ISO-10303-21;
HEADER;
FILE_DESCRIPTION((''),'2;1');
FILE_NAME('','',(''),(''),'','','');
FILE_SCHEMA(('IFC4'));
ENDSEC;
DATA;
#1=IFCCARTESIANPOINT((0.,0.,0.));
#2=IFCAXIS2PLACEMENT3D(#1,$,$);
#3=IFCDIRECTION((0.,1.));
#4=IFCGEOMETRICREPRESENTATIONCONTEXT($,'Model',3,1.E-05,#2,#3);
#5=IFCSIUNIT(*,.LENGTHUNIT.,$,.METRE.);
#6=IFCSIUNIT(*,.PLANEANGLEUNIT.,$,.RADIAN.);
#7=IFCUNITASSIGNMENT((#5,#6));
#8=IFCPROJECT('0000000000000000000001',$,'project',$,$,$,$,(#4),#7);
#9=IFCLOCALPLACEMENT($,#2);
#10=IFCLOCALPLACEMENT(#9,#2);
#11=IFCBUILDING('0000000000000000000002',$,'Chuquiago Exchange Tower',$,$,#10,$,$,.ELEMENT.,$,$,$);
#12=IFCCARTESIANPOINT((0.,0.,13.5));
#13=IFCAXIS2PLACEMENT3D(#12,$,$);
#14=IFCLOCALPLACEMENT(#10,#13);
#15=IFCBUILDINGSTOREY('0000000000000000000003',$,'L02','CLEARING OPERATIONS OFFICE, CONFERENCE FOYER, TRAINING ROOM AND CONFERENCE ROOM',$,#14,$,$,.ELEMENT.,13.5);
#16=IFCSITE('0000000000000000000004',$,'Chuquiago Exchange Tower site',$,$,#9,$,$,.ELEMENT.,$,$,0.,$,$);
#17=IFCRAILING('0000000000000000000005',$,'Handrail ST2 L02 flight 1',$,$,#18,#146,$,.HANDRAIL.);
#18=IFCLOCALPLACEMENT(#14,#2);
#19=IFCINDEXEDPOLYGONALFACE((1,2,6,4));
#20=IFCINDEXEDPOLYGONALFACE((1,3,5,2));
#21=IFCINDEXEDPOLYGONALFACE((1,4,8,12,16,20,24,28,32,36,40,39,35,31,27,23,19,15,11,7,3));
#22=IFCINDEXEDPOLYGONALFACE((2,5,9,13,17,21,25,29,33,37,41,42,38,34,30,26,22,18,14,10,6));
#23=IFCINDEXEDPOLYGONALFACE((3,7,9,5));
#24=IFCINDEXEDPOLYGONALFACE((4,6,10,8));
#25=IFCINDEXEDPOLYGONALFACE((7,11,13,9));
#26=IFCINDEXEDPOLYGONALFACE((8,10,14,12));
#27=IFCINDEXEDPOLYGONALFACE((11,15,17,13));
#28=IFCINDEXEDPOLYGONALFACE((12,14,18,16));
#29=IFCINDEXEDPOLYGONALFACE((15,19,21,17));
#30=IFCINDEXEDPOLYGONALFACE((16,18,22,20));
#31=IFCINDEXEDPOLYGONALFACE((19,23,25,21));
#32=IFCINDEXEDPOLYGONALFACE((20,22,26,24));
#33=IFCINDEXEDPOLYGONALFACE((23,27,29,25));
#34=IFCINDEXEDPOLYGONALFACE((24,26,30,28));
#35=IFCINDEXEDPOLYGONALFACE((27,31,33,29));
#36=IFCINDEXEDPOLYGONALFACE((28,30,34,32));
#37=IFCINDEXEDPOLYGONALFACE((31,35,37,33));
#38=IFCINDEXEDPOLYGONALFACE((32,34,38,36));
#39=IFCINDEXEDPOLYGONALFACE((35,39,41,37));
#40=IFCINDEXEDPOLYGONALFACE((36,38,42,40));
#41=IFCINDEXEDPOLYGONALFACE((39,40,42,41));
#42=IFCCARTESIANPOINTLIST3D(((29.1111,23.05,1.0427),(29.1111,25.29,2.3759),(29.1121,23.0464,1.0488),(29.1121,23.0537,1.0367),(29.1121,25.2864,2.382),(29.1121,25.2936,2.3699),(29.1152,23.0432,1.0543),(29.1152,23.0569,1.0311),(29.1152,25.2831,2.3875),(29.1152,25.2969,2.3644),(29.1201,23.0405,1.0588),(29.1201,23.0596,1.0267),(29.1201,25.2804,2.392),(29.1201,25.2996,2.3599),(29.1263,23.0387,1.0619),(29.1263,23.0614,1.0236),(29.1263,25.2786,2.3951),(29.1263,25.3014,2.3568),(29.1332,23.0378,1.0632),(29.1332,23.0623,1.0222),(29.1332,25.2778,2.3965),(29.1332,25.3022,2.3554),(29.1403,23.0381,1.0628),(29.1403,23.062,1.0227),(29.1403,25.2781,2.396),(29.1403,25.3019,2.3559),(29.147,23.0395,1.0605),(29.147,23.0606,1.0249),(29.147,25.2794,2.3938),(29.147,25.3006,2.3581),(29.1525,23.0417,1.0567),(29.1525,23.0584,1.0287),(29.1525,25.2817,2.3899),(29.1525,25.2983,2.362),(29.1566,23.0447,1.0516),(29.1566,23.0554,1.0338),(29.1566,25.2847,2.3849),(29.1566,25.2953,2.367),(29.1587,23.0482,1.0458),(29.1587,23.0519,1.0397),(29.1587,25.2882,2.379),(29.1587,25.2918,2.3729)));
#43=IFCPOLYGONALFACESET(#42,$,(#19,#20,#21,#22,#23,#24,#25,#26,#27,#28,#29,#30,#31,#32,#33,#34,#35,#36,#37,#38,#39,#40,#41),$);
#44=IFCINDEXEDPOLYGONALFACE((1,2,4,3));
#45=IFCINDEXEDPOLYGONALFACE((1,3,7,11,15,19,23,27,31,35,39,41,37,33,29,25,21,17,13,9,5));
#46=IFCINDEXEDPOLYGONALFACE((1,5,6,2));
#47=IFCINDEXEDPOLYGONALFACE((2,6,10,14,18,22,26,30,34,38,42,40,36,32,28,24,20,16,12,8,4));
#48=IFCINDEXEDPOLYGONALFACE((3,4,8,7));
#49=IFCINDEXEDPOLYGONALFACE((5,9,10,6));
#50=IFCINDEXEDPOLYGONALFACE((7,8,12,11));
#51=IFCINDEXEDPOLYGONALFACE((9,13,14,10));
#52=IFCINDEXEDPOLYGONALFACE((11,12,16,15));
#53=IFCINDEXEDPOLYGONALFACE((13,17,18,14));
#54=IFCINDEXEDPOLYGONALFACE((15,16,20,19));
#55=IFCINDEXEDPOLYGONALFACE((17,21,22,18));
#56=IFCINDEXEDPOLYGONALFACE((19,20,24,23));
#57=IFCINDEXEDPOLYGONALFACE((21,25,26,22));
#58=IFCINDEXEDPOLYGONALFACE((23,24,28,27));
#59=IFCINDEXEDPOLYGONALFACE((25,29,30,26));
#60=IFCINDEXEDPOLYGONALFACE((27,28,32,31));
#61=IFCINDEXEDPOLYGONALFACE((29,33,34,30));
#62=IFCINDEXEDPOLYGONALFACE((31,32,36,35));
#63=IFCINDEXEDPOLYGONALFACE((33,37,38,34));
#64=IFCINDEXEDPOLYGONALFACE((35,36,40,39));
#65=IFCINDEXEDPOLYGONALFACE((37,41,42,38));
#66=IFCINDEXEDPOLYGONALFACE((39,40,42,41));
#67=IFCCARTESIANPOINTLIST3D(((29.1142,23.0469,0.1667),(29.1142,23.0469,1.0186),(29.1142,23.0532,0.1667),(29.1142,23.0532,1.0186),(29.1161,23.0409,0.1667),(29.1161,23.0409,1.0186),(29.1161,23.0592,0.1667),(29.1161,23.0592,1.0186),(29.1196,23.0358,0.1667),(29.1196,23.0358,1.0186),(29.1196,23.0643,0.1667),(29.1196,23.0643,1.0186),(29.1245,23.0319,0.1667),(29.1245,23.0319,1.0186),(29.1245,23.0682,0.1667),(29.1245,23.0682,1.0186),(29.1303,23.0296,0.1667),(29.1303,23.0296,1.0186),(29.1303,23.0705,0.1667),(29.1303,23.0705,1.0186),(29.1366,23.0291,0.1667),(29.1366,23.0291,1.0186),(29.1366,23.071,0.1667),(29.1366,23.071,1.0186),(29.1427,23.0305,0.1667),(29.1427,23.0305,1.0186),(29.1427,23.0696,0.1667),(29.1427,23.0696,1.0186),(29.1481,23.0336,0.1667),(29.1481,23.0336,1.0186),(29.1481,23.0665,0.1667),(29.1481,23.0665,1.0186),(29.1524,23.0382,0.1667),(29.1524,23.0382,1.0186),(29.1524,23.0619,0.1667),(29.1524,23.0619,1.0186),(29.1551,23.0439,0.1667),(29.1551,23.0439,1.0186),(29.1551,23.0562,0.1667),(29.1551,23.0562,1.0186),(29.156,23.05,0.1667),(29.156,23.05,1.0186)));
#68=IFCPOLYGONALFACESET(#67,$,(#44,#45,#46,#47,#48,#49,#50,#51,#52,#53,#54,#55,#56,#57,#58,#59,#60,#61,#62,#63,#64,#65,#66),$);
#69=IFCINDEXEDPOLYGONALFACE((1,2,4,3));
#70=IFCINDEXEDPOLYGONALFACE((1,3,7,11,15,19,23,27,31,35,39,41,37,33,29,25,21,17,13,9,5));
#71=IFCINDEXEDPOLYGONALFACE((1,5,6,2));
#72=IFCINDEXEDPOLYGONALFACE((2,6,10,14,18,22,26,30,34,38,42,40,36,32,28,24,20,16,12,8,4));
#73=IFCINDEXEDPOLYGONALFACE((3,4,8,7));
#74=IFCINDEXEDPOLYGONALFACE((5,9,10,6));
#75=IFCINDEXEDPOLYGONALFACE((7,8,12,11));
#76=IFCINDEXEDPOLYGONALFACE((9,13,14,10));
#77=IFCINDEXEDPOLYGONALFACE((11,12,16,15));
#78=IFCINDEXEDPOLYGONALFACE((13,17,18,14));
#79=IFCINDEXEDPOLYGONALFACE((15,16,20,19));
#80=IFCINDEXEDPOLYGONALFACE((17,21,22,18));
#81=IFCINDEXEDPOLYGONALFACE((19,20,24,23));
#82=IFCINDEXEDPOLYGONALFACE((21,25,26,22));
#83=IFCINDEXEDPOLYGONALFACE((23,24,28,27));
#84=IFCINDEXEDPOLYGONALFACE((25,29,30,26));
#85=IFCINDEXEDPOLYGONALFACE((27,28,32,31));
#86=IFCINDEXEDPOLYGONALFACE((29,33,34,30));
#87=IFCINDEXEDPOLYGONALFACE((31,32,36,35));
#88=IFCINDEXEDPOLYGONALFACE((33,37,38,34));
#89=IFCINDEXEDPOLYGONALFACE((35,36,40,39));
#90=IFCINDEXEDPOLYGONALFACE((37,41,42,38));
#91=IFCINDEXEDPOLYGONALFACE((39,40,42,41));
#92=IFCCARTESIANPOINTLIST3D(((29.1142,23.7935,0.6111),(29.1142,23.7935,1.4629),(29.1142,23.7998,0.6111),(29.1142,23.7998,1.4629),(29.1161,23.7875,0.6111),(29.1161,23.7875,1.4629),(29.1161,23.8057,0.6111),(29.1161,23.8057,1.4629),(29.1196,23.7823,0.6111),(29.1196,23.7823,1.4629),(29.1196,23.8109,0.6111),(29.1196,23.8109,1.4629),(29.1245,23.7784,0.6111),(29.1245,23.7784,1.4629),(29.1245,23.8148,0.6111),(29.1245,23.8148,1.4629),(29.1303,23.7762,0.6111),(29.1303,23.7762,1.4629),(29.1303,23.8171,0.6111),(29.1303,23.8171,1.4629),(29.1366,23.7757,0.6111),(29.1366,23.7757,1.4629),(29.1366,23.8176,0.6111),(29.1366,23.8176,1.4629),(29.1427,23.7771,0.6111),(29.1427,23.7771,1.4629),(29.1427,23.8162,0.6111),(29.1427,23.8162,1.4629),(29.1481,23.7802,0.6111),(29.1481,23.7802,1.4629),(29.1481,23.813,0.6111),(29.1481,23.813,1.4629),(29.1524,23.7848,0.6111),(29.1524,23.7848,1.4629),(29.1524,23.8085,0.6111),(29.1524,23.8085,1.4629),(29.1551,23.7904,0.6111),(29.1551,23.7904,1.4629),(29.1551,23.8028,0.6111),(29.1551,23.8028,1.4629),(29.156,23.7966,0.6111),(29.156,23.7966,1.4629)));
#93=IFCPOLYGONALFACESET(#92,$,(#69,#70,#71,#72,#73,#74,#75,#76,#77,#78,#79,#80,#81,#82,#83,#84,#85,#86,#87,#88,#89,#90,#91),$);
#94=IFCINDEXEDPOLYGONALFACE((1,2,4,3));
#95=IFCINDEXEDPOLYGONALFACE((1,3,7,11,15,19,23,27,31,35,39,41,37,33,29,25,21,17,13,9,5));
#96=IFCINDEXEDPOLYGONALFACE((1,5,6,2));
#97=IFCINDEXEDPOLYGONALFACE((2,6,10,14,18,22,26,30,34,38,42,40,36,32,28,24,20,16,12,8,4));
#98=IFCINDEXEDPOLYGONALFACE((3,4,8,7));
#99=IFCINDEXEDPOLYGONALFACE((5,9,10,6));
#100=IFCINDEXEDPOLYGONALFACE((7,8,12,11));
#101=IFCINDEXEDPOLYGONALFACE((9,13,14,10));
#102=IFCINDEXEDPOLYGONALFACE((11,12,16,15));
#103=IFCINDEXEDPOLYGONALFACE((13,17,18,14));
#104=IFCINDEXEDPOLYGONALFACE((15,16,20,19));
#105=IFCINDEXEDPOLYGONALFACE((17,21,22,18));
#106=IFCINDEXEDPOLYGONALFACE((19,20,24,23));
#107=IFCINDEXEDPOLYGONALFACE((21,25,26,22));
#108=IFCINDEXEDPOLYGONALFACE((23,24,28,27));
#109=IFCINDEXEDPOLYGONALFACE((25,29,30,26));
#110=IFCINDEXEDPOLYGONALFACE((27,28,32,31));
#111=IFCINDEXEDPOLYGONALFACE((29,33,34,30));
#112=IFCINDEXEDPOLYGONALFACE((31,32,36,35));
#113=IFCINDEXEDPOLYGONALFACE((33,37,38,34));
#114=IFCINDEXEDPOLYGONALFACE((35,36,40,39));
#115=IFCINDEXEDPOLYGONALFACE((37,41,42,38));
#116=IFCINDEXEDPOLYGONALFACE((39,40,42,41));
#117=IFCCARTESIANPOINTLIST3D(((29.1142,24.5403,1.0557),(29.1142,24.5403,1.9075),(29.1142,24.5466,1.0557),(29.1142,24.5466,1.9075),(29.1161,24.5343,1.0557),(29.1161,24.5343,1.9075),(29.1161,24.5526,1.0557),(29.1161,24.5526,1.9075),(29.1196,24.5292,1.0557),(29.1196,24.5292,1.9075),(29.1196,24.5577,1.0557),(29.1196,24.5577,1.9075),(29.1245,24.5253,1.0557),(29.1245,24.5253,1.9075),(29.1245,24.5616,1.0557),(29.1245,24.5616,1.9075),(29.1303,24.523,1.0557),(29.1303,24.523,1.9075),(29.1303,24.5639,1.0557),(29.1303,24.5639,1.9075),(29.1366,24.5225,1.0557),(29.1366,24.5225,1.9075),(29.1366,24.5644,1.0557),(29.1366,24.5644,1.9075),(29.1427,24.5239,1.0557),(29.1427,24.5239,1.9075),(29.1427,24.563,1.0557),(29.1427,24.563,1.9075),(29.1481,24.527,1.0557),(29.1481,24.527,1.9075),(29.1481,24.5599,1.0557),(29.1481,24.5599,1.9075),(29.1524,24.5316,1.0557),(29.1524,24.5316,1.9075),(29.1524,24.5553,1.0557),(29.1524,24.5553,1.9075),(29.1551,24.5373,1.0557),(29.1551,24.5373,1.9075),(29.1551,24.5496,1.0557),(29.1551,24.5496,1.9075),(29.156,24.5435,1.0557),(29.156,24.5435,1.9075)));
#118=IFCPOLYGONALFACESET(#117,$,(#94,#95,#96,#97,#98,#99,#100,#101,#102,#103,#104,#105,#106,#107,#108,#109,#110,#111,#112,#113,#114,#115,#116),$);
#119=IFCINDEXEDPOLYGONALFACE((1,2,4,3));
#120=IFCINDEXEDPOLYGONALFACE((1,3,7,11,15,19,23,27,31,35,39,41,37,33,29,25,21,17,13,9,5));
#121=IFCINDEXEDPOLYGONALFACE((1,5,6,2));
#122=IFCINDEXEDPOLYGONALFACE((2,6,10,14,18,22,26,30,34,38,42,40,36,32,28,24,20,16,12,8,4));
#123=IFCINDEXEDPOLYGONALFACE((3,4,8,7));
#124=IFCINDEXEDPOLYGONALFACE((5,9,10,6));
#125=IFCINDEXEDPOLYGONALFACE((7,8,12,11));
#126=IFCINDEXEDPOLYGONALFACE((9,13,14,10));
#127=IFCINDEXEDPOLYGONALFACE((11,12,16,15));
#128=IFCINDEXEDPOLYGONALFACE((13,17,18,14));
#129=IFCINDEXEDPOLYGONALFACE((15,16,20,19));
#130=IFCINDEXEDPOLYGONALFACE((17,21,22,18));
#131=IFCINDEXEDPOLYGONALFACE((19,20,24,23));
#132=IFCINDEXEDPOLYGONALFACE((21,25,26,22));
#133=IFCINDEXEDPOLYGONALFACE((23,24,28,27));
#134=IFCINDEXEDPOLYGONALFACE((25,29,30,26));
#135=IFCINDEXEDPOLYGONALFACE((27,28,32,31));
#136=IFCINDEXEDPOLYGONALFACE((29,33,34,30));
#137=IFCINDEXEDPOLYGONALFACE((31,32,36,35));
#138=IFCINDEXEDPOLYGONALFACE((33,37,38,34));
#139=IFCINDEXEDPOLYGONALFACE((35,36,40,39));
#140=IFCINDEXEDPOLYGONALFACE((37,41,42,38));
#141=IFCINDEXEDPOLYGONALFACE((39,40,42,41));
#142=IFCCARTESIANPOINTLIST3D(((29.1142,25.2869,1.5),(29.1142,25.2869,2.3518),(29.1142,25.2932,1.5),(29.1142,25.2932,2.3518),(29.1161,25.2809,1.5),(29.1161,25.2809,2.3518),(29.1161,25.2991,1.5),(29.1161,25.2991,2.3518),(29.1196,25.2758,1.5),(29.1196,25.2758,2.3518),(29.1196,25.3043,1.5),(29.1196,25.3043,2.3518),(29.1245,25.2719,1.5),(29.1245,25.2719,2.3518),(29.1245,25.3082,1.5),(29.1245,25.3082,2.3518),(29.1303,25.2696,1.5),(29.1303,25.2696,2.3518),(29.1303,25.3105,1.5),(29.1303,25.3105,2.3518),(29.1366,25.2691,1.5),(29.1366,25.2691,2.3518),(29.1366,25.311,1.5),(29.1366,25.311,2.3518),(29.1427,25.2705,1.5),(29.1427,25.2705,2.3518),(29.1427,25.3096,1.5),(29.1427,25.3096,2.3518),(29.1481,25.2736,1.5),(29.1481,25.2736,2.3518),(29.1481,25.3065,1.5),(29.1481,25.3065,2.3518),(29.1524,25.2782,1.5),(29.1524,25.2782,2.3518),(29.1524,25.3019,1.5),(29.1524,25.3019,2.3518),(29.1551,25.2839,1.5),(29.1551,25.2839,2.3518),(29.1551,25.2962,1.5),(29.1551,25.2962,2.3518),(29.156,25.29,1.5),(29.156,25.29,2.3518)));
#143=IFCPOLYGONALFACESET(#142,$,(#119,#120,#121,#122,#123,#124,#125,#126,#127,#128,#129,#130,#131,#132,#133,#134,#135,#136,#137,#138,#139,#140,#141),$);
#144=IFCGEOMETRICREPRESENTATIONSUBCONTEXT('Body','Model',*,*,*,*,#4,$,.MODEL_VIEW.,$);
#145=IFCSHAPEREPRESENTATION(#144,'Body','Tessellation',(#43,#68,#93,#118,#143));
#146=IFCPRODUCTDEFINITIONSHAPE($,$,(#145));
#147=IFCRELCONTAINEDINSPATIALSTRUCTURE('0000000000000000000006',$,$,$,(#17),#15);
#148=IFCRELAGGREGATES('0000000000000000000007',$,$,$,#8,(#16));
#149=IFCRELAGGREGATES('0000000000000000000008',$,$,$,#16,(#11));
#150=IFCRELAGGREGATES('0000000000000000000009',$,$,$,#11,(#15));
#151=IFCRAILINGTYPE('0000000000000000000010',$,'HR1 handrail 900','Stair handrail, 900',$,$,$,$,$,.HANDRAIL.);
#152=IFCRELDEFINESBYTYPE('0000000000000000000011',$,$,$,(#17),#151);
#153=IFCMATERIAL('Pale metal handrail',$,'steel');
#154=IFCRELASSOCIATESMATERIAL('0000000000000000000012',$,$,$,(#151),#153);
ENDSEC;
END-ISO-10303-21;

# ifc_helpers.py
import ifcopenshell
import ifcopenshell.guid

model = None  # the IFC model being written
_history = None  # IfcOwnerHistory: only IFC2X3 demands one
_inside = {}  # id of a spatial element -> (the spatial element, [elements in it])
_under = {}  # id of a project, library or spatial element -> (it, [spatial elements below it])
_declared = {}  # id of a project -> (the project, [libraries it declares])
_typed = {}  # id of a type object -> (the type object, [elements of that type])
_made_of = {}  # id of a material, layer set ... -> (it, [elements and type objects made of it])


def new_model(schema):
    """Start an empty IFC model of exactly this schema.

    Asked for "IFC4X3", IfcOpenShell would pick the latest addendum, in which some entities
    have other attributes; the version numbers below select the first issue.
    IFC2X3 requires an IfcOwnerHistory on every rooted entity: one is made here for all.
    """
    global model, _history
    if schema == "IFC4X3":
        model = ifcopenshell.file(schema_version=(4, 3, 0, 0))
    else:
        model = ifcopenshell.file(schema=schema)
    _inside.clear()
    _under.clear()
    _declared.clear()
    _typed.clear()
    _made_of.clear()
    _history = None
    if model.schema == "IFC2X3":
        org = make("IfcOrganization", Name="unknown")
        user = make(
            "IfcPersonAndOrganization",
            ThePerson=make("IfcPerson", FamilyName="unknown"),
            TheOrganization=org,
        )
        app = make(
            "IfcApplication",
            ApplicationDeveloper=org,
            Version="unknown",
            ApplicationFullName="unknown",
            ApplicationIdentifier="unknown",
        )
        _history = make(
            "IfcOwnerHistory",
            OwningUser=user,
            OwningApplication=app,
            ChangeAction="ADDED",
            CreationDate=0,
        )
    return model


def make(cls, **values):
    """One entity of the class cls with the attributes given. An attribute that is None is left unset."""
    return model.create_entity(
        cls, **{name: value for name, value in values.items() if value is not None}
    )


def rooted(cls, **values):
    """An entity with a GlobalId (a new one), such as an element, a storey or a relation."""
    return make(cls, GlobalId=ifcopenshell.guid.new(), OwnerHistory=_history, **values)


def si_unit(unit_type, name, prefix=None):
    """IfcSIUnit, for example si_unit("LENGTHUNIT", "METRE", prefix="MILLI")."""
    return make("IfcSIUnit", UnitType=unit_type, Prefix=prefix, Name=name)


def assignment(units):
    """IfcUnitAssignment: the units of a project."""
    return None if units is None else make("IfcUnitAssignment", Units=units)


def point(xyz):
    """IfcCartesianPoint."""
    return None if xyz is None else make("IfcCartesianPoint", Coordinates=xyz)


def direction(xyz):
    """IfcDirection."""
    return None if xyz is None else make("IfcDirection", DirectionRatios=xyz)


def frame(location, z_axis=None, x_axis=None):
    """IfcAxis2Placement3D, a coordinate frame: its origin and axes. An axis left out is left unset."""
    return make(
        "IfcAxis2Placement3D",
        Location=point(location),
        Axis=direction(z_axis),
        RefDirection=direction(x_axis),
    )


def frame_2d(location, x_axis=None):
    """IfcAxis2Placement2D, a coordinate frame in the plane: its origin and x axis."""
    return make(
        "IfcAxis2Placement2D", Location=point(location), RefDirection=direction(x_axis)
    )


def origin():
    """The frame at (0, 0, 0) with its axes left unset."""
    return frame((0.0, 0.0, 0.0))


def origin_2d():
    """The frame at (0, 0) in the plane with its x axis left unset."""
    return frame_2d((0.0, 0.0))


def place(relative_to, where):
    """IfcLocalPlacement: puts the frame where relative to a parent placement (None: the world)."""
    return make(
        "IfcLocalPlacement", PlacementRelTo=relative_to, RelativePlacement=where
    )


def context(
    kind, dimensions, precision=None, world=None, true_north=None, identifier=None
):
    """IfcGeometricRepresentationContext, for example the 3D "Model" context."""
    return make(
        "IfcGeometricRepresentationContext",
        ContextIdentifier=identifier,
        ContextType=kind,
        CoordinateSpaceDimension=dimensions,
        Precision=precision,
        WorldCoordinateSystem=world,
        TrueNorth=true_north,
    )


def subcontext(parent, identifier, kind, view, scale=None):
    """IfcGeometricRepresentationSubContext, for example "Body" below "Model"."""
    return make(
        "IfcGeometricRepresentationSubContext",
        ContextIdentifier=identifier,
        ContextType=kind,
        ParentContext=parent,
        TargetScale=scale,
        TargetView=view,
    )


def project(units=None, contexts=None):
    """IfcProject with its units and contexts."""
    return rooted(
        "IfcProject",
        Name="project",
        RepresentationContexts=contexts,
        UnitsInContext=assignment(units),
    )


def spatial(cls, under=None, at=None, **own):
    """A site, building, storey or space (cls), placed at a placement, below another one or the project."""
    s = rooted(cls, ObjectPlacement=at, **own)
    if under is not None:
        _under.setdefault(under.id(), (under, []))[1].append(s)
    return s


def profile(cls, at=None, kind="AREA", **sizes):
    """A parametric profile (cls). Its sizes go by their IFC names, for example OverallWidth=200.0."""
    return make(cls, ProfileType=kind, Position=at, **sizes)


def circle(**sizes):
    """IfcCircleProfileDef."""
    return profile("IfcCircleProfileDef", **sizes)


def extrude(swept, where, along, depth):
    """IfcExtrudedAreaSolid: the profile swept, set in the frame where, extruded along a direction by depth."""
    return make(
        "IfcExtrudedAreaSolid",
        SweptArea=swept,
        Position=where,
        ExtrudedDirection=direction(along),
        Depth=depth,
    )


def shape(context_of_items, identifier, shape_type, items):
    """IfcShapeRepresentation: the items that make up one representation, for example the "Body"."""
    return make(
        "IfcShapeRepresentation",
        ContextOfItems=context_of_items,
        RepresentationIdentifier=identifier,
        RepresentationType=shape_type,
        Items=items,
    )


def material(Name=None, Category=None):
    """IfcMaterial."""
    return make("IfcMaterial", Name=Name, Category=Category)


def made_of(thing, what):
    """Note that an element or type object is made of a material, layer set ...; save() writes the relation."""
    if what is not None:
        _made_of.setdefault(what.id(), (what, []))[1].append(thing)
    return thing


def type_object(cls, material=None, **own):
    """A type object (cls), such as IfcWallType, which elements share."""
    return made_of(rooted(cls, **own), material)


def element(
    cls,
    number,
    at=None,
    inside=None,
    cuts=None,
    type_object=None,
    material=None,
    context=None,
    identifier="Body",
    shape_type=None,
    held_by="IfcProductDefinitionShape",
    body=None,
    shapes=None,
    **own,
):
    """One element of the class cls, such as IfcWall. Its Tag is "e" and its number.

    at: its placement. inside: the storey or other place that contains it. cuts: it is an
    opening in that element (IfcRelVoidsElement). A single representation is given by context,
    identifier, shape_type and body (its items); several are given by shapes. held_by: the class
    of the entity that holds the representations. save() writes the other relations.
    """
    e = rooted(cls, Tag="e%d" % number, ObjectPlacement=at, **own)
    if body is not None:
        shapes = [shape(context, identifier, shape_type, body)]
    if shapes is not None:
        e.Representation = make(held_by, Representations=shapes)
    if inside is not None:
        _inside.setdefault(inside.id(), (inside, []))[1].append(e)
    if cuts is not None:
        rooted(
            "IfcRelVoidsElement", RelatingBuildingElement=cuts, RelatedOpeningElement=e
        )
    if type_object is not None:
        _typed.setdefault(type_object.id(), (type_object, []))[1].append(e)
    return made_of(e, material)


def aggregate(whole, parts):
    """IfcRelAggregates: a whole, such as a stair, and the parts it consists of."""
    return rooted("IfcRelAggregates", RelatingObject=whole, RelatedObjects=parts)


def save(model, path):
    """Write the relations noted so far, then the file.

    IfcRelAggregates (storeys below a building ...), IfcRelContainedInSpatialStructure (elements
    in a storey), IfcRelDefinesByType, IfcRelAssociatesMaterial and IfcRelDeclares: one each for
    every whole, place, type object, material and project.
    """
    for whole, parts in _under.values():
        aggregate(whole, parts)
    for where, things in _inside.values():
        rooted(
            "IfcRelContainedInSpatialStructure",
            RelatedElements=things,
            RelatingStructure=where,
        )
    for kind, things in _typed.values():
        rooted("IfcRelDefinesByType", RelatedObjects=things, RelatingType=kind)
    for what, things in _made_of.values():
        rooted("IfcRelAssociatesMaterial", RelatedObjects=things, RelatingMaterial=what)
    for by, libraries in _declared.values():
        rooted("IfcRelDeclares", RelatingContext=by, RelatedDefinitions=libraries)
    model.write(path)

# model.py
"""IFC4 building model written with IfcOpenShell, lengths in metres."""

from ifc_helpers import new_model, si_unit, direction, frame, origin, origin_2d, place, context, subcontext, project, spatial, circle, extrude, material, type_object, element, save


model = new_model("IFC4")

# Units and contexts
model_context = context("Model", 3, precision=1e-05, world=origin(), true_north=direction((0.0, 1.0)))
body_context = subcontext(model_context, "Body", "Model", "MODEL_VIEW")
ifc_project = project(units=[si_unit("LENGTHUNIT", "METRE"), si_unit("PLANEANGLEUNIT", "RADIAN")], contexts=[model_context])

# Site, building, storey
site_placement = place(None, origin())
site = spatial("IfcSite", under=ifc_project, at=site_placement, Name="Chuquiago Exchange Tower site", CompositionType="ELEMENT", RefElevation=0.0)
building_placement = place(site_placement, origin())
building = spatial("IfcBuilding", under=site, at=building_placement, Name="Chuquiago Exchange Tower", CompositionType="ELEMENT")
storey_placement = place(building_placement, frame((0.0, 0.0, 13.5)))
storey = spatial("IfcBuildingStorey", under=building, at=storey_placement, Name="L02", Description="CLEARING OPERATIONS OFFICE, CONFERENCE FOYER, TRAINING ROOM AND CONFERENCE ROOM", CompositionType="ELEMENT", Elevation=13.5)

# Railing
ifc_material_1 = material(Name="Pale metal handrail", Category="steel")
railing_type_1 = type_object("IfcRailingType", Name="HR1 handrail 900", Description="Stair handrail, 900", PredefinedType="HANDRAIL", material=ifc_material_1)
for number, where, name in (
    (1, (29.135, 23.05, 0.1667), "Handrail ST2 L02 flight 1"),
):
    element("IfcRailing", number, at=place(storey_placement, frame(where)), inside=storey, type_object=railing_type_1, Name=name, PredefinedType="HANDRAIL", context=body_context, shape_type="SweptSolid", body=[
        extrude(circle(Radius=0.0239, at=origin_2d()), frame((0.0, 0.0, 0.876), z_axis=(0.0, 0.859306, 0.511462), x_axis=(-1.0, 0.0, 0.0)), (0.0, 0.0, 1.0), 2.6067),
        extrude(circle(Radius=0.021, at=origin_2d()), origin(), (0.0, 0.0, 1.0), 0.8518),
        extrude(circle(Radius=0.021, at=origin_2d()), frame((0.0, 0.7466, 0.4443)), (0.0, 0.0, 1.0), 0.8518),
        extrude(circle(Radius=0.021, at=origin_2d()), frame((0.0, 1.4934, 0.8889)), (0.0, 0.0, 1.0), 0.8518),
        extrude(circle(Radius=0.021, at=origin_2d()), frame((0.0, 2.24, 1.3333)), (0.0, 0.0, 1.0), 0.8518),
    ])

save(model, "model.ifc")
